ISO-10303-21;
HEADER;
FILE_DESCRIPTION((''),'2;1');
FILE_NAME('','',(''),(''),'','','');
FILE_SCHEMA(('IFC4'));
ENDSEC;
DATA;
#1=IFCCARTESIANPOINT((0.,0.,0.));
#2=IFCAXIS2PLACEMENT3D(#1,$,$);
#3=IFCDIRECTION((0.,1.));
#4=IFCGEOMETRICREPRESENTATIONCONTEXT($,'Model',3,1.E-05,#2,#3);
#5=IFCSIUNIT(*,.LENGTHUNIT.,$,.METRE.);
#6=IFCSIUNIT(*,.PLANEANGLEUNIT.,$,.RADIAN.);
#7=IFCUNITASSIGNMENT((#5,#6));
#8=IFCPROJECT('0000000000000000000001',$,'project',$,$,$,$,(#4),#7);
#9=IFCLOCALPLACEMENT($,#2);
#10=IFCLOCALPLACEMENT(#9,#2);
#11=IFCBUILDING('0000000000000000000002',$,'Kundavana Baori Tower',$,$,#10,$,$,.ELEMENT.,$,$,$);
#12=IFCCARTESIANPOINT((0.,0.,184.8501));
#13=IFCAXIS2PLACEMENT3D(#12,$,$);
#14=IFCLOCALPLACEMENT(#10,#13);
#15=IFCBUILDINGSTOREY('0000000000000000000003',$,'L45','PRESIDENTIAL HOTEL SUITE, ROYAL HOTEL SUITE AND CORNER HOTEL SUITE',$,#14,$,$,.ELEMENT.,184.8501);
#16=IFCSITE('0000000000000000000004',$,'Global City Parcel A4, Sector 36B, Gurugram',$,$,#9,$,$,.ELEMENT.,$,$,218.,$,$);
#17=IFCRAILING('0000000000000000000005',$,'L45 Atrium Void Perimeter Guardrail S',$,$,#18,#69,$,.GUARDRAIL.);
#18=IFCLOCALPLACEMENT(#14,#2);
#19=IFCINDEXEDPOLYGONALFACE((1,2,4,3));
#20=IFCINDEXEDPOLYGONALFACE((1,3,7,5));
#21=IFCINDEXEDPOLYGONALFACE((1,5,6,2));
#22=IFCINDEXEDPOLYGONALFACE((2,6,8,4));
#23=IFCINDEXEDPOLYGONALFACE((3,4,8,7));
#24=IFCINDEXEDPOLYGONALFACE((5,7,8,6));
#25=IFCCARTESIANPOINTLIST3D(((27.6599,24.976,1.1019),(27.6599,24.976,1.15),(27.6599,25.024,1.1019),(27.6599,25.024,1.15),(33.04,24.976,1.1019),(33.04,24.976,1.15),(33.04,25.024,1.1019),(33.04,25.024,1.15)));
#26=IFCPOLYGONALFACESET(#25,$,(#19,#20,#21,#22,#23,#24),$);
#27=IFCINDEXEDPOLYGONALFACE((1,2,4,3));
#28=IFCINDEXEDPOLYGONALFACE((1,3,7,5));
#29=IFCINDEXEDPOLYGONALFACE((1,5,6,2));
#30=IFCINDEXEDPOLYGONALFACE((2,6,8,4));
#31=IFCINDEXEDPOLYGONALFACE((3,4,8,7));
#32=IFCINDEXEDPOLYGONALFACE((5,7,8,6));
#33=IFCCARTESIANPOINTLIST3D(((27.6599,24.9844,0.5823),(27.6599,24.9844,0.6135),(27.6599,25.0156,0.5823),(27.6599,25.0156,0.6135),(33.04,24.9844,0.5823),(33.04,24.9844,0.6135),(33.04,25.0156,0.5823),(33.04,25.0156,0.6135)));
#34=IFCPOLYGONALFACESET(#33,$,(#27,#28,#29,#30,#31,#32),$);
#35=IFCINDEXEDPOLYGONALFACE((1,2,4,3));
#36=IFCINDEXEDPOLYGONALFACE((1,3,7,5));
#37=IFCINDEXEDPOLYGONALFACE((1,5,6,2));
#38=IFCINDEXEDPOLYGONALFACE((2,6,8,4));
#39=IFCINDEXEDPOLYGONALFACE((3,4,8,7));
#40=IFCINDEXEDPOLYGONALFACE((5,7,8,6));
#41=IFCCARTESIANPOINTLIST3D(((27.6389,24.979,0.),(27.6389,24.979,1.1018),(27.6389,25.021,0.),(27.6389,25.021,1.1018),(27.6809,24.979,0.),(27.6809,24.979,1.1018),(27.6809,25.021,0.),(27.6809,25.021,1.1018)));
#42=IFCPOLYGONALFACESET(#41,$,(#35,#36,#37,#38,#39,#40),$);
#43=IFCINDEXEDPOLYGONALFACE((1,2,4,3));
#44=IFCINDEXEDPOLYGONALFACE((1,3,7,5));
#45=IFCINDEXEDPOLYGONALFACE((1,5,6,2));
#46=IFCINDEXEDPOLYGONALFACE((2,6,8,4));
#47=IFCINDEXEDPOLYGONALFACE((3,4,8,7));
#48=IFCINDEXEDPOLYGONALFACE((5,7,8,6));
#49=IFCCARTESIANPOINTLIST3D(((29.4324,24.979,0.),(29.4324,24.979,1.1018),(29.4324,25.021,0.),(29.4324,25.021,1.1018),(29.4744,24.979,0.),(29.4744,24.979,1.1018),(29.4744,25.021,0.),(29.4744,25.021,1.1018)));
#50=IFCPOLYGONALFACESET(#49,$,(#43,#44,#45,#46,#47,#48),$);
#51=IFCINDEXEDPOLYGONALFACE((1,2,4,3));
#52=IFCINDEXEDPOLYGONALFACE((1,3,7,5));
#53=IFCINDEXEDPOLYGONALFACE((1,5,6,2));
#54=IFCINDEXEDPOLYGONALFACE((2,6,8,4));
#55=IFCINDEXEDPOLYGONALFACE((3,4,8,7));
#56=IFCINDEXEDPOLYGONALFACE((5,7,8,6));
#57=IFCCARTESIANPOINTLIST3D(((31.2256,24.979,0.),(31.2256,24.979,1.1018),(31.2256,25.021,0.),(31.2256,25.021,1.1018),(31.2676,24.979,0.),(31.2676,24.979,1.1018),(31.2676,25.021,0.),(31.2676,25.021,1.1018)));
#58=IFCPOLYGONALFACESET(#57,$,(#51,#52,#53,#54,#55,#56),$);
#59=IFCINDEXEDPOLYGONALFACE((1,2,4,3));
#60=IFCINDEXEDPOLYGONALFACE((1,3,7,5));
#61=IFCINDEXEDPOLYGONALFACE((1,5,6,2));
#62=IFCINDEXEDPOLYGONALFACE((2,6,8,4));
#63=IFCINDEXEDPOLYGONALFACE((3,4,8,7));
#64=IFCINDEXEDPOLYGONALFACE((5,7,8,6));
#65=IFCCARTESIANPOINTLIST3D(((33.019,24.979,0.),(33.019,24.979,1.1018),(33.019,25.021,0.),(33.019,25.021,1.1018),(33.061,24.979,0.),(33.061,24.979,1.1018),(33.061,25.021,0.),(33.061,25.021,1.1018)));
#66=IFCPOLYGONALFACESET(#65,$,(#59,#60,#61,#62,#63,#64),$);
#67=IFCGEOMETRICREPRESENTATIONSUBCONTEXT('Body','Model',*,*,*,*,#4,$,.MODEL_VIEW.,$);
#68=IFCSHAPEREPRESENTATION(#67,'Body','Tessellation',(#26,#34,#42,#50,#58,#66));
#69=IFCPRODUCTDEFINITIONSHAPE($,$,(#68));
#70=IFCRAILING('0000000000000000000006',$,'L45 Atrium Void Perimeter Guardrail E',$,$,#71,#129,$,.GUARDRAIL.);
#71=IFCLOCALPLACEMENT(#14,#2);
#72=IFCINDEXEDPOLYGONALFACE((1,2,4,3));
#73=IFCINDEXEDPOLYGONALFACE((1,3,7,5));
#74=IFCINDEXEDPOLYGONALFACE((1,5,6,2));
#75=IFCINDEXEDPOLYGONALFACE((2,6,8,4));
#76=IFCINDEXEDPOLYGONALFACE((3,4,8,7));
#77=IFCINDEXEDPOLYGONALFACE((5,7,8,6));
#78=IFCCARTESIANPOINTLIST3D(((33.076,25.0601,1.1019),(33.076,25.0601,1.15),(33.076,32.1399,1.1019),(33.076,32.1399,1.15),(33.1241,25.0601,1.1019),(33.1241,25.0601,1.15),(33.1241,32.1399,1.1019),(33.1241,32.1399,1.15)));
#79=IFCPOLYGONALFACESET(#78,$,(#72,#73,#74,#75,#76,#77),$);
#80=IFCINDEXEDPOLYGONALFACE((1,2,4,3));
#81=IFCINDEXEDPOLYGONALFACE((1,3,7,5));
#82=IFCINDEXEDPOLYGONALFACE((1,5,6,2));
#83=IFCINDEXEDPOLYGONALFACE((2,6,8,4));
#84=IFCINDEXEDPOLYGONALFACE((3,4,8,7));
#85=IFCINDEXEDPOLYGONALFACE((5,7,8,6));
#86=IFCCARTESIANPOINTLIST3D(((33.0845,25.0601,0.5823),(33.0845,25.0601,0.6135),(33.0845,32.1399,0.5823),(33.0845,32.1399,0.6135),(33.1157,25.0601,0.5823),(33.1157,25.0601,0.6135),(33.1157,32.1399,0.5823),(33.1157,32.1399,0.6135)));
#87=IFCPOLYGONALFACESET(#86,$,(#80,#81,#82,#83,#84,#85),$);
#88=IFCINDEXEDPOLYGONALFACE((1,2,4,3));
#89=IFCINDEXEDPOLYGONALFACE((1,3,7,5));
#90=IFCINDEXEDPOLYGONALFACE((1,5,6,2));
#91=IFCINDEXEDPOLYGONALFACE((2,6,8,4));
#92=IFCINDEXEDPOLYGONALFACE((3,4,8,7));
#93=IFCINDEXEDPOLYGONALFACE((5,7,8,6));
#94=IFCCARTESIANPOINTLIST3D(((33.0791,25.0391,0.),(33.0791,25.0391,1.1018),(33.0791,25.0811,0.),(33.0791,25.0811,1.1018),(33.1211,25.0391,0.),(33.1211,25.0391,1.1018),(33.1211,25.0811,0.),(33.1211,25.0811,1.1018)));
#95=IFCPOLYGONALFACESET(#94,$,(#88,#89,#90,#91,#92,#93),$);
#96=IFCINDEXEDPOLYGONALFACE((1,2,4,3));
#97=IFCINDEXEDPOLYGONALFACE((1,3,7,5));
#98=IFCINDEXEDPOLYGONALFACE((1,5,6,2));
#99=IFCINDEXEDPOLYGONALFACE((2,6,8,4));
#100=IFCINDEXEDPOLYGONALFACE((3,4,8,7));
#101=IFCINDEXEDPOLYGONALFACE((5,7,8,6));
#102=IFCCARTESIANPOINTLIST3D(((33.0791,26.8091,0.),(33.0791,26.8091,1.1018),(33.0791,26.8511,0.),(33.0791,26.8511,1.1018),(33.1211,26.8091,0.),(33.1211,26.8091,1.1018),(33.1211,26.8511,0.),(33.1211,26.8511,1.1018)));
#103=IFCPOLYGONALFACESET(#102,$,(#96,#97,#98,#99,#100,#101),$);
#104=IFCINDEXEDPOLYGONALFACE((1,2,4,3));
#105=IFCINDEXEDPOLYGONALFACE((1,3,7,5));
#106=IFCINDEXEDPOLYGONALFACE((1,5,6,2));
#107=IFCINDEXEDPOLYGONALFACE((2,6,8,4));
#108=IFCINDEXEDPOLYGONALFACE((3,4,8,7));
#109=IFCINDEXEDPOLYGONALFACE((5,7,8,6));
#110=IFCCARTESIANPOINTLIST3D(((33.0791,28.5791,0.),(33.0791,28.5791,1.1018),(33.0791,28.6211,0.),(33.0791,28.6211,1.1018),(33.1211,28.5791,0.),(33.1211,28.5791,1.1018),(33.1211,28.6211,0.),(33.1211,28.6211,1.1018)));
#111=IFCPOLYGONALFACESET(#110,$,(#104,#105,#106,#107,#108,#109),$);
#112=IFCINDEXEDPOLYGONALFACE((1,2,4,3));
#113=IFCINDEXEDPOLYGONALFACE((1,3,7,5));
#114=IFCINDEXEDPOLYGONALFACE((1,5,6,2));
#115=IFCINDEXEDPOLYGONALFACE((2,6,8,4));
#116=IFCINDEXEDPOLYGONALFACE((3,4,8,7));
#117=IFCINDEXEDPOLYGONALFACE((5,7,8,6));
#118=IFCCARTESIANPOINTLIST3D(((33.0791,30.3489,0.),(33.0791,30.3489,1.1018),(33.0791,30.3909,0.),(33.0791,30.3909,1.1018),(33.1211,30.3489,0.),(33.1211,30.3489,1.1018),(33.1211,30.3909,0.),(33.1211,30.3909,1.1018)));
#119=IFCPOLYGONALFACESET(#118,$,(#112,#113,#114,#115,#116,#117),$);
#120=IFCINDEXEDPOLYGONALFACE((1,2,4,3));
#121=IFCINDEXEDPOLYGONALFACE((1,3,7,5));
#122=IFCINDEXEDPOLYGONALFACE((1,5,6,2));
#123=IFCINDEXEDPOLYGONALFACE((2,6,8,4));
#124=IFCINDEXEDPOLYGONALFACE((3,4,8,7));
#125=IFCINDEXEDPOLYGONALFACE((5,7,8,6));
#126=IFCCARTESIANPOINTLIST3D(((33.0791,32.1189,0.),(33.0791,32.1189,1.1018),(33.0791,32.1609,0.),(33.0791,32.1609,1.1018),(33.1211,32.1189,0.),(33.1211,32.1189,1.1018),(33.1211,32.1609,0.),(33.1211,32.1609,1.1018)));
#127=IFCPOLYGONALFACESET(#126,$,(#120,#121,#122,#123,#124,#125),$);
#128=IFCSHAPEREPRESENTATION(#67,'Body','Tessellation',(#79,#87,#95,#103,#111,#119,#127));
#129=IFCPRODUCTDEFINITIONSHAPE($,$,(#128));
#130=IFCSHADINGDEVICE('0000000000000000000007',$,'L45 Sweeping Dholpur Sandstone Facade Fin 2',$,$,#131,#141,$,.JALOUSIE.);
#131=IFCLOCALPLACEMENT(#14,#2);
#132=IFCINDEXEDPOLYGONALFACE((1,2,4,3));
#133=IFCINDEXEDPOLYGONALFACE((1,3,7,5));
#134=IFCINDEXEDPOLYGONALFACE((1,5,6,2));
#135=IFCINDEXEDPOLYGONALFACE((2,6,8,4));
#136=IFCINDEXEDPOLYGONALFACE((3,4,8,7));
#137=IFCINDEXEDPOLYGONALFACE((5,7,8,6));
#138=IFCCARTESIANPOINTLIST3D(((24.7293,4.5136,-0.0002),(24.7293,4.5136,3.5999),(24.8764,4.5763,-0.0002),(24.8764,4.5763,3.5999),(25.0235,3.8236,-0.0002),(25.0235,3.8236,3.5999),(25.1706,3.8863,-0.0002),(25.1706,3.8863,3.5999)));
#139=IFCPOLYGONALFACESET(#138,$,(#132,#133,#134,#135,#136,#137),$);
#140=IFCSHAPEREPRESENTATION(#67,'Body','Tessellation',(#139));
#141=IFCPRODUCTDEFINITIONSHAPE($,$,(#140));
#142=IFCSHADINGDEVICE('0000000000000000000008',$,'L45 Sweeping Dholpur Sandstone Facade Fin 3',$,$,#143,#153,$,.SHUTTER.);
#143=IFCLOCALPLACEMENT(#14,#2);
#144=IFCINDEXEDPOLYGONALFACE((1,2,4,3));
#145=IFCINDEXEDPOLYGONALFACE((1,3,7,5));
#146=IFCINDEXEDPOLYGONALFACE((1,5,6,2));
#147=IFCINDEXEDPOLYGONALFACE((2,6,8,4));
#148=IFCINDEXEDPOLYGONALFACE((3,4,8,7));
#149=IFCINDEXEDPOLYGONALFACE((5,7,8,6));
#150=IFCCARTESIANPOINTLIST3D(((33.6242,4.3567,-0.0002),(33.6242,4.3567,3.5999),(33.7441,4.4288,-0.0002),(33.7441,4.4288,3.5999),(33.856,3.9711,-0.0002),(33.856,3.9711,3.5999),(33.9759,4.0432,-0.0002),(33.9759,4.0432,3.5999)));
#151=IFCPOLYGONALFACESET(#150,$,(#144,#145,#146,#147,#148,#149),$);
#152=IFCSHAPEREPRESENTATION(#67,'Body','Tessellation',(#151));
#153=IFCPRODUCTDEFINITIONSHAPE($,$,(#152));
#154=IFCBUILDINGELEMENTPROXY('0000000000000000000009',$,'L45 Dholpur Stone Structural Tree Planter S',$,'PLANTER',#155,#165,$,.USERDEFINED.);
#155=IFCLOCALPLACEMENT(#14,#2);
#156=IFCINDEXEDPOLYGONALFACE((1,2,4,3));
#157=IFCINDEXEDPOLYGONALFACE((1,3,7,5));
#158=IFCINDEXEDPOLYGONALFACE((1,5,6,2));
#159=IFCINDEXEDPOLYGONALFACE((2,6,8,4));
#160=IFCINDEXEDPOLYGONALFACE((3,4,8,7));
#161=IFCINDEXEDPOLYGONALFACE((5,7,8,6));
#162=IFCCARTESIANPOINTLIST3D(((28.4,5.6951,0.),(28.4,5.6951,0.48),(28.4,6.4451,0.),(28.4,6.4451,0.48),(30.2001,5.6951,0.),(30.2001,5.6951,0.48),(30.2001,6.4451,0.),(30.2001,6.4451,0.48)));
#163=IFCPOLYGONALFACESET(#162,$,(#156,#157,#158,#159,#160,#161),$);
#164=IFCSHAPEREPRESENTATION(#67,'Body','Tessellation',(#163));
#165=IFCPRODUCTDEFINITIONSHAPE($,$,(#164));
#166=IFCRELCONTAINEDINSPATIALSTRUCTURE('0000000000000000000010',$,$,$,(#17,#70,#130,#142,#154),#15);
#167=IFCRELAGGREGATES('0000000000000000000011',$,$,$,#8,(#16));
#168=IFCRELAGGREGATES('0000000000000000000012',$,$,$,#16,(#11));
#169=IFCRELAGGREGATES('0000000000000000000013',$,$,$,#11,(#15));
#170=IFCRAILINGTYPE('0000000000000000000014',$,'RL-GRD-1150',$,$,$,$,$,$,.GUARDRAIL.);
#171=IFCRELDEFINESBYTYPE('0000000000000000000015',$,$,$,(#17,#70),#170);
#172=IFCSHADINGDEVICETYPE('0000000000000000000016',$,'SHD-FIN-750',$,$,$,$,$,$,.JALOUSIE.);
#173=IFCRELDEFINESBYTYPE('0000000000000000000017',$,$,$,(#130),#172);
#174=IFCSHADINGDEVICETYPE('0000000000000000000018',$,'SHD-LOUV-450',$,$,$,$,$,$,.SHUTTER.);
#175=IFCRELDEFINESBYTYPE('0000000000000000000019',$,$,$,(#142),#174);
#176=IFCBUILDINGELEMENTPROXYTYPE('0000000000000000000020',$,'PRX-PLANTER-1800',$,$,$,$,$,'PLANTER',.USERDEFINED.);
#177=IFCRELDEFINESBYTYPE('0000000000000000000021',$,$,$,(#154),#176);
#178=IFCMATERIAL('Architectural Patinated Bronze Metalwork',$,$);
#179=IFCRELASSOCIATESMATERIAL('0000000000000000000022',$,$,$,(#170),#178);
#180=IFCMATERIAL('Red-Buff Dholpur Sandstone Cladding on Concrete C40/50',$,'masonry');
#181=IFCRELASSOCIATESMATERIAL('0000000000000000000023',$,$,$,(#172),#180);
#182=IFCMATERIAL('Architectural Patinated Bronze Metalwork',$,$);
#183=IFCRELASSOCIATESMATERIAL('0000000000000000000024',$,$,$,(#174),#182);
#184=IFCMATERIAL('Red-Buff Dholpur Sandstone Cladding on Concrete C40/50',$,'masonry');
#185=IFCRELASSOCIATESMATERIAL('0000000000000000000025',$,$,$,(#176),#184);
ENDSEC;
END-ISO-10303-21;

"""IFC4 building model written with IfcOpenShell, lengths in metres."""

from ifc_helpers import new_model, si_unit, direction, frame, origin, origin_2d, place, context, subcontext, project, spatial, rectangle, extrude, material, type_object, element, save


model = new_model("IFC4")

# Units and contexts
model_context = context("Model", 3, precision=1e-05, world=origin(), true_north=direction((0.0, 1.0)))
body_context = subcontext(model_context, "Body", "Model", "MODEL_VIEW")
ifc_project = project(units=[si_unit("LENGTHUNIT", "METRE"), si_unit("PLANEANGLEUNIT", "RADIAN")], contexts=[model_context])

# Site, building, storey
site_placement = place(None, origin())
site = spatial("IfcSite", under=ifc_project, at=site_placement, Name="Global City Parcel A4, Sector 36B, Gurugram", CompositionType="ELEMENT", RefElevation=218.0)
building_placement = place(site_placement, origin())
building = spatial("IfcBuilding", under=site, at=building_placement, Name="Kundavana Baori Tower", CompositionType="ELEMENT")
storey_placement = place(building_placement, frame((0.0, 0.0, 184.8501)))
storey = spatial("IfcBuildingStorey", under=building, at=storey_placement, Name="L45", Description="PRESIDENTIAL HOTEL SUITE, ROYAL HOTEL SUITE AND CORNER HOTEL SUITE", CompositionType="ELEMENT", Elevation=184.8501)

# Railings
ifc_material_1 = material(Name="Architectural Patinated Bronze Metalwork")
railing_type = type_object("IfcRailingType", Name="RL-GRD-1150", PredefinedType="GUARDRAIL", material=ifc_material_1)
railing_1_placement = place(storey_placement, frame((27.6599, 25.0, 0.0)))
element("IfcRailing", 1, at=railing_1_placement, inside=storey, type_object=railing_type, Name="L45 Atrium Void Perimeter Guardrail S", PredefinedType="GUARDRAIL", context=body_context, shape_type="SweptSolid", body=[
    extrude(rectangle(XDim=0.0481, YDim=0.0481, at=origin_2d()), frame((0.0, 0.0, 1.126), z_axis=(1.0, 0.0, 0.0), x_axis=(0.0, 1.0, 0.0)), (0.0, 0.0, 1.0), 5.3801),
    extrude(rectangle(XDim=0.0312, YDim=0.0312, at=origin_2d()), frame((0.0, 0.0, 0.5979), z_axis=(1.0, 0.0, 0.0), x_axis=(0.0, 1.0, 0.0)), (0.0, 0.0, 1.0), 5.3801),
    extrude(rectangle(XDim=0.042, YDim=0.042, at=origin_2d()), origin(), (0.0, 0.0, 1.0), 1.1018),
    extrude(rectangle(XDim=0.042, YDim=0.042, at=origin_2d()), frame((1.7935, 0.0, 0.0)), (0.0, 0.0, 1.0), 1.1018),
    extrude(rectangle(XDim=0.042, YDim=0.042, at=origin_2d()), frame((3.5867, 0.0, 0.0)), (0.0, 0.0, 1.0), 1.1018),
    extrude(rectangle(XDim=0.042, YDim=0.042, at=origin_2d()), frame((5.3801, 0.0, 0.0)), (0.0, 0.0, 1.0), 1.1018),
])
railing_2_placement = place(storey_placement, frame((33.1001, 25.0601, 0.0)))
element("IfcRailing", 2, at=railing_2_placement, inside=storey, type_object=railing_type, Name="L45 Atrium Void Perimeter Guardrail E", PredefinedType="GUARDRAIL", context=body_context, shape_type="SweptSolid", body=[
    extrude(rectangle(XDim=0.0481, YDim=0.0481, at=origin_2d()), frame((0.0, 0.0, 1.126), z_axis=(0.0, 1.0, 0.0), x_axis=(-1.0, 0.0, 0.0)), (0.0, 0.0, 1.0), 7.0798),
    extrude(rectangle(XDim=0.0312, YDim=0.0312, at=origin_2d()), frame((0.0, 0.0, 0.5979), z_axis=(0.0, 1.0, 0.0), x_axis=(-1.0, 0.0, 0.0)), (0.0, 0.0, 1.0), 7.0798),
    extrude(rectangle(XDim=0.042, YDim=0.042, at=origin_2d()), origin(), (0.0, 0.0, 1.0), 1.1018),
    extrude(rectangle(XDim=0.042, YDim=0.042, at=origin_2d()), frame((0.0, 1.77, 0.0)), (0.0, 0.0, 1.0), 1.1018),
    extrude(rectangle(XDim=0.042, YDim=0.042, at=origin_2d()), frame((0.0, 3.54, 0.0)), (0.0, 0.0, 1.0), 1.1018),
    extrude(rectangle(XDim=0.042, YDim=0.042, at=origin_2d()), frame((0.0, 5.3098, 0.0)), (0.0, 0.0, 1.0), 1.1018),
    extrude(rectangle(XDim=0.042, YDim=0.042, at=origin_2d()), frame((0.0, 7.0798, 0.0)), (0.0, 0.0, 1.0), 1.1018),
])

# Shading devices
ifc_material_2 = material(Name="Red-Buff Dholpur Sandstone Cladding on Concrete C40/50", Category="masonry")
shading_device_type_1 = type_object("IfcShadingDeviceType", Name="SHD-FIN-750", PredefinedType="JALOUSIE", material=ifc_material_2)
shading_device_1_placement = place(storey_placement, frame((24.95, 4.2, -0.0002), z_axis=(0.0, 0.0, 1.0), x_axis=(0.91989, 0.392177, 0.0)))
element("IfcShadingDevice", 3, at=shading_device_1_placement, inside=storey, type_object=shading_device_type_1, Name="L45 Sweeping Dholpur Sandstone Facade Fin 2", PredefinedType="JALOUSIE", context=body_context, shape_type="SweptSolid", body=[
    extrude(rectangle(XDim=0.1599, YDim=0.75, at=origin_2d()), origin(), (0.0, 0.0, 1.0), 3.6001),
])
ifc_material_3 = material(Name="Architectural Patinated Bronze Metalwork")
shading_device_type_2 = type_object("IfcShadingDeviceType", Name="SHD-LOUV-450", PredefinedType="SHUTTER", material=ifc_material_3)
shading_device_2_placement = place(storey_placement, frame((33.8, 4.2, -0.0002), z_axis=(0.0, 0.0, 1.0), x_axis=(0.857077, 0.515188, 0.0)))
element("IfcShadingDevice", 4, at=shading_device_2_placement, inside=storey, type_object=shading_device_type_2, Name="L45 Sweeping Dholpur Sandstone Facade Fin 3", PredefinedType="SHUTTER", context=body_context, shape_type="SweptSolid", body=[
    extrude(rectangle(XDim=0.1399, YDim=0.45, at=origin_2d()), origin(), (0.0, 0.0, 1.0), 3.6001),
])

# Building element proxy
ifc_material_4 = material(Name="Red-Buff Dholpur Sandstone Cladding on Concrete C40/50", Category="masonry")
building_element_proxy_type = type_object("IfcBuildingElementProxyType", Name="PRX-PLANTER-1800", ElementType="PLANTER", PredefinedType="USERDEFINED", material=ifc_material_4)
proxy_placement = place(storey_placement, frame((29.3, 6.0701, 0.0), z_axis=(0.0, 0.0, 1.0), x_axis=(1.0, 0.0, 0.0)))
element("IfcBuildingElementProxy", 5, at=proxy_placement, inside=storey, type_object=building_element_proxy_type, Name="L45 Dholpur Stone Structural Tree Planter S", ObjectType="PLANTER", PredefinedType="USERDEFINED", context=body_context, shape_type="SweptSolid", body=[
    extrude(rectangle(XDim=1.8, YDim=0.75, at=origin_2d()), origin(), (0.0, 0.0, 1.0), 0.48),
])

save(model, "model.ifc")
